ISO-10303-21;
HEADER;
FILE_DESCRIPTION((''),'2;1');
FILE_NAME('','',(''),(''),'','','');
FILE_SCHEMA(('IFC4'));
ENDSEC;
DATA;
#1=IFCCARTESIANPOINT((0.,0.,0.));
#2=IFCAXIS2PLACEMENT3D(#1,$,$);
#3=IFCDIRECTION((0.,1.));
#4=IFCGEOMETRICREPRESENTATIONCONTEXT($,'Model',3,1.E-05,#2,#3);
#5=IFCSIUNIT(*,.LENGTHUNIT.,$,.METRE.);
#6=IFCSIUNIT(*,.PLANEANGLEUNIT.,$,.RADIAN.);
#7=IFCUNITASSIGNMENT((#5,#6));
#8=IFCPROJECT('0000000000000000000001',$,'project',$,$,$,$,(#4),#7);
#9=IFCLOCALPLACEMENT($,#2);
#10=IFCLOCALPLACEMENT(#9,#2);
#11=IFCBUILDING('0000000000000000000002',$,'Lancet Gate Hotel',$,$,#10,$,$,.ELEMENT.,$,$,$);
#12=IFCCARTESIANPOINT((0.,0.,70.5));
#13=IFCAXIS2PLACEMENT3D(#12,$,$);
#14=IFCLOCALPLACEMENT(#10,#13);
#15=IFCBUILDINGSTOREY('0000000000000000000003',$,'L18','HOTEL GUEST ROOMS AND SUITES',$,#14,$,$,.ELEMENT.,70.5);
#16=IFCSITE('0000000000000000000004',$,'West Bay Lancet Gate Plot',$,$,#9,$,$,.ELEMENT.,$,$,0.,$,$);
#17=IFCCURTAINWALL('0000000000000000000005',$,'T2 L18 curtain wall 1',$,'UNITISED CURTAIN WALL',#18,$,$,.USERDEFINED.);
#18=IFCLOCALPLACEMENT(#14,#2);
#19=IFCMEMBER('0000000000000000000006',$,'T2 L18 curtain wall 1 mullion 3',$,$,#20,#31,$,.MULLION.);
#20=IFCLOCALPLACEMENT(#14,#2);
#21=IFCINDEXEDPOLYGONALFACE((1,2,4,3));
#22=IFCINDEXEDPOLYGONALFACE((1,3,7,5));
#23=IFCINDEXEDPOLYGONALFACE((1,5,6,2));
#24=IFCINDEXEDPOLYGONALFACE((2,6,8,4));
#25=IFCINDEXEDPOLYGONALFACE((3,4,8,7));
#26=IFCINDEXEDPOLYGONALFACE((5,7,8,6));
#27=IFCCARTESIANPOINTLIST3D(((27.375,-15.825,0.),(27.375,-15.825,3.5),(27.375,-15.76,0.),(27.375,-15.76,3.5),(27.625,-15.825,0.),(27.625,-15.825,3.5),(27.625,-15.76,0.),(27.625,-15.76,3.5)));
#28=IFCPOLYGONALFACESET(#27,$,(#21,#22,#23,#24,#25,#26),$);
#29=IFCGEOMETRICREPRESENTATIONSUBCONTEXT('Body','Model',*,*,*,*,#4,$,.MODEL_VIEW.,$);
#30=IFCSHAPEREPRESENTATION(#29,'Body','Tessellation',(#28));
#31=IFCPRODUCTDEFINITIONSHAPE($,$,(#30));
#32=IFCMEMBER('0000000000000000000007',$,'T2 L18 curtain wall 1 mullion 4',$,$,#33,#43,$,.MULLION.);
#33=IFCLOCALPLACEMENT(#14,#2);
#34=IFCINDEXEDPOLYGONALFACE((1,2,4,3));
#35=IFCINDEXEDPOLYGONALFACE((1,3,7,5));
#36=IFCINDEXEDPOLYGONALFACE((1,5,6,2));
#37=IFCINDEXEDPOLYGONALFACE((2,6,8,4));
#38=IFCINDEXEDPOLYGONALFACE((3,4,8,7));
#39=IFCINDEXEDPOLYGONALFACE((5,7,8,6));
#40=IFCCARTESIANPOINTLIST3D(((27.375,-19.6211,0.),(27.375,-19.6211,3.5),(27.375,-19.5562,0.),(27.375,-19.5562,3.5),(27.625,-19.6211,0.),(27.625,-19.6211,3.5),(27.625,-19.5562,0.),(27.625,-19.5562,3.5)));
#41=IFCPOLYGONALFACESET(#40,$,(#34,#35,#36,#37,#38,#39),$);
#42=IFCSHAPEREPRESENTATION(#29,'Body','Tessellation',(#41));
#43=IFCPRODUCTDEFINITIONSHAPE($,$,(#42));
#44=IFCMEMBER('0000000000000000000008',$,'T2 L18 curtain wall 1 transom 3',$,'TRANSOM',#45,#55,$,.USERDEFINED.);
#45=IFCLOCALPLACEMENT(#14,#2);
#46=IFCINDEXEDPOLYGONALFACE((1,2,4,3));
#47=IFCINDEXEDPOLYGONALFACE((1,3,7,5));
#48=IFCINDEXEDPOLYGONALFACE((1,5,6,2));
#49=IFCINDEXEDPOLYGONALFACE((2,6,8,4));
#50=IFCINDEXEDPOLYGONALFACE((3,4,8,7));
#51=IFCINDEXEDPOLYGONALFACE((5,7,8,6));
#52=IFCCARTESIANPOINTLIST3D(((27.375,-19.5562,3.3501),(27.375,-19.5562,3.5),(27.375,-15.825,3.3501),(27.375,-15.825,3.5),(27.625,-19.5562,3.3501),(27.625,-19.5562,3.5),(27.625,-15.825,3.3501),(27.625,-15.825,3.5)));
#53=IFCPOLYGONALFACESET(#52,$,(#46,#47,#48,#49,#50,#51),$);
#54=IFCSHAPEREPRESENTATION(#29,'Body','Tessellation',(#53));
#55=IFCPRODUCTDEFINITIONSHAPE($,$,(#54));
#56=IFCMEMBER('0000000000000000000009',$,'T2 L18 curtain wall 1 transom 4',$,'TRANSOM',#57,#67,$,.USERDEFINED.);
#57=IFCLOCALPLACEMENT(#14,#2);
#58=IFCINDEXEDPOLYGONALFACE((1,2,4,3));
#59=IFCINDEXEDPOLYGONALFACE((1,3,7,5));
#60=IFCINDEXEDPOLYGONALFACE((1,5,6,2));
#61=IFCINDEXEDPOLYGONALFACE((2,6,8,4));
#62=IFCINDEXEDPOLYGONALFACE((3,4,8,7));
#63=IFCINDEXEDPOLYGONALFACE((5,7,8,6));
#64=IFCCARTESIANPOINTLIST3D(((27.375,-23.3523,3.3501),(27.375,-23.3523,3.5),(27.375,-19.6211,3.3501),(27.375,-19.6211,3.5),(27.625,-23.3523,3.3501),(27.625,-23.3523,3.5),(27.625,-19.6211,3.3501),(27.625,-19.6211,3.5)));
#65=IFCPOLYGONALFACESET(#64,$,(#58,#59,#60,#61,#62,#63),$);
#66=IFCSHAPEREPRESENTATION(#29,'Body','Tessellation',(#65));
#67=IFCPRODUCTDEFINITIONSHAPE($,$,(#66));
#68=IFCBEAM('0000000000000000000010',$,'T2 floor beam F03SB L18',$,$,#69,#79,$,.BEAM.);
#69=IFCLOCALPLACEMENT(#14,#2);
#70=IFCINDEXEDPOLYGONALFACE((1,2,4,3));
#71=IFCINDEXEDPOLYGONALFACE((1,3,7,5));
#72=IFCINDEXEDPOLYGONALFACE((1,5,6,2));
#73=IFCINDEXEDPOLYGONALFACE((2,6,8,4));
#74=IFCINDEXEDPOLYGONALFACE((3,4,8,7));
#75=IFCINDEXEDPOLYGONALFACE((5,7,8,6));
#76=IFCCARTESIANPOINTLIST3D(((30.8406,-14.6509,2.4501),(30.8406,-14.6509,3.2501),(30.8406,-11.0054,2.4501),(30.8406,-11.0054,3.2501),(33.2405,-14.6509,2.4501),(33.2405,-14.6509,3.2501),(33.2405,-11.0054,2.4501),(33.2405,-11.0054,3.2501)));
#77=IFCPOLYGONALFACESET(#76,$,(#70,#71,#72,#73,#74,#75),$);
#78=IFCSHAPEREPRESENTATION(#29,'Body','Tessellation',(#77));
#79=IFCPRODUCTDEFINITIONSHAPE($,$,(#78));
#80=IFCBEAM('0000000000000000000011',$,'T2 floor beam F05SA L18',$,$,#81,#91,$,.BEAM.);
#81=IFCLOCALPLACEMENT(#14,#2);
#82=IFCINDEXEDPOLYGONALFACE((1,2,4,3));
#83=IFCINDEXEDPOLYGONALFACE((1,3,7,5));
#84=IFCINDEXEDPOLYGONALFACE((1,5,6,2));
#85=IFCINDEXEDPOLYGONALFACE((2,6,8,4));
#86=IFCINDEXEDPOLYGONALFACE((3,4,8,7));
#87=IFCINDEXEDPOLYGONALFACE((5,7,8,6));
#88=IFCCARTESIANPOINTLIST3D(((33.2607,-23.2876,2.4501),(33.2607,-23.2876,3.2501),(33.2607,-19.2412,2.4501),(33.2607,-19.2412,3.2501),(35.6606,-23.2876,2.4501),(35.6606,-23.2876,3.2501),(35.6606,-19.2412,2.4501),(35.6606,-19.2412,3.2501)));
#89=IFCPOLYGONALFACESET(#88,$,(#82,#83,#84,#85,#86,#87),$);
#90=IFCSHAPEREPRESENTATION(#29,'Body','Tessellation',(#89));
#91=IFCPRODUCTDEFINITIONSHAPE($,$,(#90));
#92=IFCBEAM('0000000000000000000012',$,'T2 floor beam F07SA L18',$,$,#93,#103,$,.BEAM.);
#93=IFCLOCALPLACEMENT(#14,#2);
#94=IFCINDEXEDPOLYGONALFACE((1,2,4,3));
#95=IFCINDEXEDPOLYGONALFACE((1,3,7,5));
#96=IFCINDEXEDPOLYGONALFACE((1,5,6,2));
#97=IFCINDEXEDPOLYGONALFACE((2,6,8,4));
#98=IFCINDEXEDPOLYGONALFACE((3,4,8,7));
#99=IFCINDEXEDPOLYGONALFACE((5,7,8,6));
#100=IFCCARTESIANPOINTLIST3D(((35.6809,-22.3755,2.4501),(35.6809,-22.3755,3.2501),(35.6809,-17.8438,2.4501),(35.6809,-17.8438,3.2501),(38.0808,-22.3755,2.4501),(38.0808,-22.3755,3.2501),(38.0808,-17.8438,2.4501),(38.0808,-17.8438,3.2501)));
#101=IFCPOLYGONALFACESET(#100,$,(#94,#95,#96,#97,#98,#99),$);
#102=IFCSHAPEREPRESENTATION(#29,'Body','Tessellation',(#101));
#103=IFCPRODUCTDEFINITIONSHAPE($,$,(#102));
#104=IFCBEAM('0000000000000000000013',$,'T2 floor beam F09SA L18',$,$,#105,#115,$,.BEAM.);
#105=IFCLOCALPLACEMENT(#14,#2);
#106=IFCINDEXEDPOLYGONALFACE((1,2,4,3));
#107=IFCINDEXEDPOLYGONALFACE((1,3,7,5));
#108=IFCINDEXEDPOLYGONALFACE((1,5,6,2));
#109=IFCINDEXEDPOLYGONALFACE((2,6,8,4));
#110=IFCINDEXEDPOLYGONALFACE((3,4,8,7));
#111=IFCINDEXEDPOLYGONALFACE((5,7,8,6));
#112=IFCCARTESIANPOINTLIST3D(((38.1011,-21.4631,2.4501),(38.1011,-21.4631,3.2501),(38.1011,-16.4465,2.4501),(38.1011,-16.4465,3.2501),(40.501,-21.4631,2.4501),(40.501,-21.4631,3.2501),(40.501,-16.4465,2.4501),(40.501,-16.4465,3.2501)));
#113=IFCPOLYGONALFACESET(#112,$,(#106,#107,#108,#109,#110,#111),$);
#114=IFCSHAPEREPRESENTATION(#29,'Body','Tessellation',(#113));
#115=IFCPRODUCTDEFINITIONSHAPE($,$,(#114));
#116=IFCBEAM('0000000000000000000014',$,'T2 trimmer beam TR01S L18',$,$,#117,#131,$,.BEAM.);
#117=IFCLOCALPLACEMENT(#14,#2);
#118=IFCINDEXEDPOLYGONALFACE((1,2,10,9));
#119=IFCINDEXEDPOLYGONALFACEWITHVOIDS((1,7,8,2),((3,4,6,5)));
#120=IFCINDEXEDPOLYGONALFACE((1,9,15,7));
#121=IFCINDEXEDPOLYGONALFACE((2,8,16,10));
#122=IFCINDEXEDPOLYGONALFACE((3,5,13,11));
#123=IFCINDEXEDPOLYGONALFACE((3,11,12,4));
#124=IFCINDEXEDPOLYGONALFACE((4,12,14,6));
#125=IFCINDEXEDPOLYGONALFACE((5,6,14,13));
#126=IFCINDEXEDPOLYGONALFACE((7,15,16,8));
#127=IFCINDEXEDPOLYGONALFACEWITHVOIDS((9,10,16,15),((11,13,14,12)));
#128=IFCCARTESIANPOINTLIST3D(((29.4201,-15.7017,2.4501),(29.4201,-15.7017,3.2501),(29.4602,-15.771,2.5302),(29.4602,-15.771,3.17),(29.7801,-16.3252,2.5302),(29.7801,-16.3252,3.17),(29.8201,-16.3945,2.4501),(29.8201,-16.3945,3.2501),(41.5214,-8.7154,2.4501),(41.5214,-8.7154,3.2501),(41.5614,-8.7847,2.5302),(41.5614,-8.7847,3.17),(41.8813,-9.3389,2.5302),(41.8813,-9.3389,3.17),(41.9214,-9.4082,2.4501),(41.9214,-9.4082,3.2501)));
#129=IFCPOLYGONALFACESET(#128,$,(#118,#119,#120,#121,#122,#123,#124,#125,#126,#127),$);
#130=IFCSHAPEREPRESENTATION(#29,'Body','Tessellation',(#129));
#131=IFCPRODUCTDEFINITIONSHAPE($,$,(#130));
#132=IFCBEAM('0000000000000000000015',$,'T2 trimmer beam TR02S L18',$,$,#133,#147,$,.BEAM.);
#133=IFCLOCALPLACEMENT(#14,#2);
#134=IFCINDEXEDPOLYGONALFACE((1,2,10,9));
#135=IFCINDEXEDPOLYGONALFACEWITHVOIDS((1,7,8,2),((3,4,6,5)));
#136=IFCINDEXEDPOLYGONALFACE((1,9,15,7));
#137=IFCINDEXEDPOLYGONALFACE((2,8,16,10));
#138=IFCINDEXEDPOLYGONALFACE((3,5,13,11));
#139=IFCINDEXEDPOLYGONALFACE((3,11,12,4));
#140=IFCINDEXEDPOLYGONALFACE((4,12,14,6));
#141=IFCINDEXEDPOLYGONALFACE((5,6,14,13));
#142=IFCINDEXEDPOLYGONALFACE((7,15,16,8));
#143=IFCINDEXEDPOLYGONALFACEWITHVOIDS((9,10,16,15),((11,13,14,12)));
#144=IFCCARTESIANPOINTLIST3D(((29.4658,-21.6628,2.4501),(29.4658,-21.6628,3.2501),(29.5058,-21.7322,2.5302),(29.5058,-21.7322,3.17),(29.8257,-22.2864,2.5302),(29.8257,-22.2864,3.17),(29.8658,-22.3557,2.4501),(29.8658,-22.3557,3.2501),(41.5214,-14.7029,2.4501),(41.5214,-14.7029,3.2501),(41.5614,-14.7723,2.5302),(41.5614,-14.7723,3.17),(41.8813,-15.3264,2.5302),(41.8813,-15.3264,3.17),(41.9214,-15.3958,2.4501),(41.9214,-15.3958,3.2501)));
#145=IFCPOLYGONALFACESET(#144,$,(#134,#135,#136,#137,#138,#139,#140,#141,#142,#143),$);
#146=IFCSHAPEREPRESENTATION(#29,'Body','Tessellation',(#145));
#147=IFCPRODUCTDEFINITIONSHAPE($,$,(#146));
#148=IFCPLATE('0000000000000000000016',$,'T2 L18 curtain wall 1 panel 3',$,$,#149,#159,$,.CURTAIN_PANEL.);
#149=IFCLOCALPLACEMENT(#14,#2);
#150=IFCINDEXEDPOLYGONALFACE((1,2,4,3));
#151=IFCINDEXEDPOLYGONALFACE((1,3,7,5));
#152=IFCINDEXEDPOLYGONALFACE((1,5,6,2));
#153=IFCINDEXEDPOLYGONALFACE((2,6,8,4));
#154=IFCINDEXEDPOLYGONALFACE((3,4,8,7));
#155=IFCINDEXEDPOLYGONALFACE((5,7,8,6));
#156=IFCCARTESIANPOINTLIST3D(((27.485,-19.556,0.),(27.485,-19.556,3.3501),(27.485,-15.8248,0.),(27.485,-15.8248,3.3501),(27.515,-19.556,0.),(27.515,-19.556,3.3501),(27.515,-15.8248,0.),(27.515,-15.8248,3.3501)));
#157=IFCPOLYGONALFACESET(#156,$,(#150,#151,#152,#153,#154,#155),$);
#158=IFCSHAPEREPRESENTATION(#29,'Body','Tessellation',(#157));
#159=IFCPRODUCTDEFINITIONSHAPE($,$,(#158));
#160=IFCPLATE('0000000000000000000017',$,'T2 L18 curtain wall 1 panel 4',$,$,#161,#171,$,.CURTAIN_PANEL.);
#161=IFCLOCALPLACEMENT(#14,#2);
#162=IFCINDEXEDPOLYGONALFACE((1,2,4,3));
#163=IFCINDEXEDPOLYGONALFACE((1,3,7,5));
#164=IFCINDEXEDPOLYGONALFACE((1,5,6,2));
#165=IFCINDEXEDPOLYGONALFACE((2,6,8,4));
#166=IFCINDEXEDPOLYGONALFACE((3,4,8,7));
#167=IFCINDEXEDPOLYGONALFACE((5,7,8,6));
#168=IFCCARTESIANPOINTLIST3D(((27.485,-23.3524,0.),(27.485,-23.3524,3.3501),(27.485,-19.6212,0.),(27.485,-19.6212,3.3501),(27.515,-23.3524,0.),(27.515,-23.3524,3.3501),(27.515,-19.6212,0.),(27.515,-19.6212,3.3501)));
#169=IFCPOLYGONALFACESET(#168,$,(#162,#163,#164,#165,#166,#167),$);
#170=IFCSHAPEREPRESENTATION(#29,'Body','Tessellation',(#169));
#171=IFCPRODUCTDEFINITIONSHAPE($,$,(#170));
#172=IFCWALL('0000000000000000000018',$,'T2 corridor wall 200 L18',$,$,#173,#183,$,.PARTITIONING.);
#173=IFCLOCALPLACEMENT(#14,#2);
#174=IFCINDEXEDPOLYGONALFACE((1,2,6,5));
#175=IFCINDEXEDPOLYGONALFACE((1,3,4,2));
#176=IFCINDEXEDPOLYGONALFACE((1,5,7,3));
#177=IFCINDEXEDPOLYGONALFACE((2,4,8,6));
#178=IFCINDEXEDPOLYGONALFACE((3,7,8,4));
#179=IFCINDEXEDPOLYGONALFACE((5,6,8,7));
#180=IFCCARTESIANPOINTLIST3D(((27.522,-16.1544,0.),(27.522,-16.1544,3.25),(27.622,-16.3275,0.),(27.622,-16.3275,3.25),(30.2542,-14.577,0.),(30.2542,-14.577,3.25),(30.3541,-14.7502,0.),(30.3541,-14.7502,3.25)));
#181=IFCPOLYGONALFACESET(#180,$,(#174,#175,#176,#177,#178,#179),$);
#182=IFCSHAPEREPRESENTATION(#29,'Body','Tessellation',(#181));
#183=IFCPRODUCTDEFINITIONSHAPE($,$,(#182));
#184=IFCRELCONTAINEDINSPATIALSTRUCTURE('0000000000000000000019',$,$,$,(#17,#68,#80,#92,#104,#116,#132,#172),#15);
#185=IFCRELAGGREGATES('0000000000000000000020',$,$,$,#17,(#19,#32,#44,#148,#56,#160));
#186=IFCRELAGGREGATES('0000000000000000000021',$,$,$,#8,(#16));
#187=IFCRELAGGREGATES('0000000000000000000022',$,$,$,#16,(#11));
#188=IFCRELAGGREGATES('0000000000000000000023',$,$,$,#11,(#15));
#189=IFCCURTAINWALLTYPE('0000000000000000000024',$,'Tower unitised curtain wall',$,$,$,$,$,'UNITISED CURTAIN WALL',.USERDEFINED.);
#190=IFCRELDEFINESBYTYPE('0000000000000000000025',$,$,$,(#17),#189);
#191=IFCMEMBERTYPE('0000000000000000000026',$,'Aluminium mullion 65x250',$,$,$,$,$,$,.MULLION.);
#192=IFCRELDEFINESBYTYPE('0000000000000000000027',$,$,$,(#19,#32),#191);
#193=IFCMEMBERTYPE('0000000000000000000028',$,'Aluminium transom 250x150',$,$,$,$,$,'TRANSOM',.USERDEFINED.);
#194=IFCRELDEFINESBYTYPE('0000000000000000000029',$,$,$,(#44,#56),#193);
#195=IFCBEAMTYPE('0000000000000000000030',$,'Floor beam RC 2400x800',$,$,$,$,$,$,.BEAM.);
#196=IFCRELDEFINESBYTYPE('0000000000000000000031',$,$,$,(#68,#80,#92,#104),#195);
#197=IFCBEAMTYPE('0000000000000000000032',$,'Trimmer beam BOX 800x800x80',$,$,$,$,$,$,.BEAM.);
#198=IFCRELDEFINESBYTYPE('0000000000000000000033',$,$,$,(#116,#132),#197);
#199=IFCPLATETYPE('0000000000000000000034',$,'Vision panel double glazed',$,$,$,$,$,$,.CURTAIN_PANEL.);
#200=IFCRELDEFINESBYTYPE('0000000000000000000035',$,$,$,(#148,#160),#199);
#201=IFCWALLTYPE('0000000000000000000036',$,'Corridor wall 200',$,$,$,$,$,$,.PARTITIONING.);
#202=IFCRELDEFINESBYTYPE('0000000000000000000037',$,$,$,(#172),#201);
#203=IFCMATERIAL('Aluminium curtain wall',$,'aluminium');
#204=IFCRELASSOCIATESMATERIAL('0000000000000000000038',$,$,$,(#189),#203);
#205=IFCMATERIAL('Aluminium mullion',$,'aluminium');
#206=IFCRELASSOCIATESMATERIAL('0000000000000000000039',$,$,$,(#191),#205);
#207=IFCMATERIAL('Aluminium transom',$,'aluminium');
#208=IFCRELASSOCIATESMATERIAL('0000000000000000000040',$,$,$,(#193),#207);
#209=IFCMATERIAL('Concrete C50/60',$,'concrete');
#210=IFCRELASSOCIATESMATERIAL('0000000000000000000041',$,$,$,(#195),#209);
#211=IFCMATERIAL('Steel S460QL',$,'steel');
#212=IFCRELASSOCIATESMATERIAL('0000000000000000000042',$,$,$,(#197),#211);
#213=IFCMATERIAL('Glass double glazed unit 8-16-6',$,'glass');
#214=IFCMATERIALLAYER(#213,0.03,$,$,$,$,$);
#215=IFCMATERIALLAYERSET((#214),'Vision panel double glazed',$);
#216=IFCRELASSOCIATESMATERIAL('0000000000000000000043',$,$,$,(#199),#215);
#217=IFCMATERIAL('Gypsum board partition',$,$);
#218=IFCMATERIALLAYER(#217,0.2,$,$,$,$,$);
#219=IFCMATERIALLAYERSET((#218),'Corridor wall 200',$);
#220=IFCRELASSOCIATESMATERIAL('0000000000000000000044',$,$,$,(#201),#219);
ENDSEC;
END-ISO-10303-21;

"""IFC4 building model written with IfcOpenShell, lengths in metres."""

from ifc_helpers import new_model, si_unit, direction, frame, frame_2d, origin, origin_2d, place, context, subcontext, project, spatial, rectangle, hollow_rectangle, extrude, material, layer, layer_set, material_profile, profile_set, type_object, element, aggregate, save


model = new_model("IFC4")

# Units and contexts
model_context = context("Model", 3, precision=1e-05, world=origin(), true_north=direction((0.0, 1.0)))
body_context = subcontext(model_context, "Body", "Model", "MODEL_VIEW")
ifc_project = project(units=[si_unit("LENGTHUNIT", "METRE"), si_unit("PLANEANGLEUNIT", "RADIAN")], contexts=[model_context])

# Site, building, storey
site_placement = place(None, origin())
site = spatial("IfcSite", under=ifc_project, at=site_placement, Name="West Bay Lancet Gate Plot", CompositionType="ELEMENT", RefElevation=0.0)
building_placement = place(site_placement, origin())
building = spatial("IfcBuilding", under=site, at=building_placement, Name="Lancet Gate Hotel", CompositionType="ELEMENT")
storey_placement = place(building_placement, frame((0.0, 0.0, 70.5)))
storey = spatial("IfcBuildingStorey", under=building, at=storey_placement, Name="L18", Description="HOTEL GUEST ROOMS AND SUITES", CompositionType="ELEMENT", Elevation=70.5)

# Curtain wall, members
ifc_material_1 = material(Name="Aluminium curtain wall", Category="aluminium")
curtain_wall_type = type_object("IfcCurtainWallType", Name="Tower unitised curtain wall", ElementType="UNITISED CURTAIN WALL", PredefinedType="USERDEFINED", material=ifc_material_1)
curtain_wall_placement = place(storey_placement, origin())
curtain_wall = element("IfcCurtainWall", 1, at=curtain_wall_placement, inside=storey, type_object=curtain_wall_type, Name="T2 L18 curtain wall 1", ObjectType="UNITISED CURTAIN WALL", PredefinedType="USERDEFINED")
ifc_material_2 = material(Name="Aluminium mullion", Category="aluminium")
ifc_material_profile_1 = material_profile(ifc_material_2, rectangle(XDim=0.0649, YDim=0.25, at=origin_2d()), Name="MULLION 65x250")
ifc_profile_set_1 = profile_set([ifc_material_profile_1], Name="Aluminium mullion")
member_type_1 = type_object("IfcMemberType", Name="Aluminium mullion 65x250", PredefinedType="MULLION", material=ifc_profile_set_1)
member_1_placement = place(storey_placement, frame((27.5, -15.7925, 0.0), z_axis=(0.0, 0.0, 1.0), x_axis=(0.0, -1.0, 0.0)))
member_1 = element("IfcMember", 2, at=member_1_placement, type_object=member_type_1, Name="T2 L18 curtain wall 1 mullion 3", PredefinedType="MULLION", context=body_context, shape_type="SweptSolid", body=[
    extrude(rectangle(XDim=0.0649, YDim=0.25, at=origin_2d()), origin(), (0.0, 0.0, 1.0), 3.5),
])
member_2_placement = place(storey_placement, frame((27.5, -19.5886, 0.0), z_axis=(0.0, 0.0, 1.0), x_axis=(0.0, -1.0, 0.0)))
member_2 = element("IfcMember", 3, at=member_2_placement, type_object=member_type_1, Name="T2 L18 curtain wall 1 mullion 4", PredefinedType="MULLION", context=body_context, shape_type="SweptSolid", body=[
    extrude(rectangle(XDim=0.0649, YDim=0.25, at=origin_2d()), origin(), (0.0, 0.0, 1.0), 3.5),
])
ifc_material_3 = material(Name="Aluminium transom", Category="aluminium")
ifc_material_profile_2 = material_profile(ifc_material_3, rectangle(XDim=0.25, YDim=0.1499, at=origin_2d()), Name="TRANSOM 250x150")
ifc_profile_set_2 = profile_set([ifc_material_profile_2], Name="Aluminium transom")
member_type_2 = type_object("IfcMemberType", Name="Aluminium transom 250x150", ElementType="TRANSOM", PredefinedType="USERDEFINED", material=ifc_profile_set_2)
member_3_placement = place(storey_placement, frame((27.5, -15.825, 3.425), z_axis=(0.0, -1.0, 0.0), x_axis=(1.0, 0.0, 0.0)))
member_3 = element("IfcMember", 4, at=member_3_placement, type_object=member_type_2, Name="T2 L18 curtain wall 1 transom 3", ObjectType="TRANSOM", PredefinedType="USERDEFINED", context=body_context, shape_type="SweptSolid", body=[
    extrude(rectangle(XDim=0.25, YDim=0.1499, at=origin_2d()), origin(), (0.0, 0.0, 1.0), 3.7312),
])
member_4_placement = place(storey_placement, frame((27.5, -19.6211, 3.425), z_axis=(0.0, -1.0, 0.0), x_axis=(1.0, 0.0, 0.0)))
member_4 = element("IfcMember", 5, at=member_4_placement, type_object=member_type_2, Name="T2 L18 curtain wall 1 transom 4", ObjectType="TRANSOM", PredefinedType="USERDEFINED", context=body_context, shape_type="SweptSolid", body=[
    extrude(rectangle(XDim=0.25, YDim=0.1499, at=origin_2d()), origin(), (0.0, 0.0, 1.0), 3.7312),
])

# Beams
ifc_material_4 = material(Name="Concrete C50/60", Category="concrete")
ifc_material_profile_3 = material_profile(ifc_material_4, rectangle(XDim=2.3999, YDim=0.8, at=origin_2d()), Name="RC 2400x800")
ifc_profile_set_3 = profile_set([ifc_material_profile_3], Name="Concrete C50/60")
beam_type_1 = type_object("IfcBeamType", Name="Floor beam RC 2400x800", PredefinedType="BEAM", material=ifc_profile_set_3)
beam_1_placement = place(storey_placement, frame((32.0405, -14.6509, 2.8501), z_axis=(0.0, 1.0, 0.0), x_axis=(-1.0, 0.0, 0.0)))
element("IfcBeam", 6, at=beam_1_placement, inside=storey, type_object=beam_type_1, Name="T2 floor beam F03SB L18", PredefinedType="BEAM", context=body_context, shape_type="SweptSolid", body=[
    extrude(rectangle(XDim=2.3999, YDim=0.8, at=origin_2d()), origin(), (0.0, 0.0, 1.0), 3.6455),
])
beam_2_placement = place(storey_placement, frame((34.4607, -23.2876, 2.8501), z_axis=(0.0, 1.0, 0.0), x_axis=(-1.0, 0.0, 0.0)))
element("IfcBeam", 7, at=beam_2_placement, inside=storey, type_object=beam_type_1, Name="T2 floor beam F05SA L18", PredefinedType="BEAM", context=body_context, shape_type="SweptSolid", body=[
    extrude(rectangle(XDim=2.3999, YDim=0.8, at=origin_2d()), origin(), (0.0, 0.0, 1.0), 4.0464),
])
beam_3_placement = place(storey_placement, frame((36.8809, -22.3755, 2.8501), z_axis=(0.0, 1.0, 0.0), x_axis=(-1.0, 0.0, 0.0)))
element("IfcBeam", 8, at=beam_3_placement, inside=storey, type_object=beam_type_1, Name="T2 floor beam F07SA L18", PredefinedType="BEAM", context=body_context, shape_type="SweptSolid", body=[
    extrude(rectangle(XDim=2.3999, YDim=0.8, at=origin_2d()), origin(), (0.0, 0.0, 1.0), 4.5317),
])
beam_4_placement = place(storey_placement, frame((39.301, -21.4631, 2.8501), z_axis=(0.0, 1.0, 0.0), x_axis=(-1.0, 0.0, 0.0)))
element("IfcBeam", 9, at=beam_4_placement, inside=storey, type_object=beam_type_1, Name="T2 floor beam F09SA L18", PredefinedType="BEAM", context=body_context, shape_type="SweptSolid", body=[
    extrude(rectangle(XDim=2.3999, YDim=0.8, at=origin_2d()), origin(), (0.0, 0.0, 1.0), 5.0166),
])
ifc_material_5 = material(Name="Steel S460QL", Category="steel")
ifc_material_profile_4 = material_profile(ifc_material_5, hollow_rectangle(XDim=0.8, YDim=0.8, WallThickness=0.0801, at=origin_2d()), Name="BOX 800x800x80")
ifc_profile_set_4 = profile_set([ifc_material_profile_4], Name="Steel S460QL")
beam_type_2 = type_object("IfcBeamType", Name="Trimmer beam BOX 800x800x80", PredefinedType="BEAM", material=ifc_profile_set_4)
beam_5_placement = place(storey_placement, frame((29.6201, -16.0481, 2.8501), z_axis=(0.866037, 0.49998, 0.0), x_axis=(-0.49998, 0.866037, 0.0)))
element("IfcBeam", 10, at=beam_5_placement, inside=storey, type_object=beam_type_2, Name="T2 trimmer beam TR01S L18", PredefinedType="BEAM", context=body_context, shape_type="SweptSolid", body=[
    extrude(hollow_rectangle(XDim=0.8, YDim=0.8, WallThickness=0.0801, at=origin_2d()), origin(), (0.0, 0.0, 1.0), 13.9731),
])
beam_6_placement = place(storey_placement, frame((29.6658, -22.0093, 2.8501), z_axis=(0.866037, 0.49998, 0.0), x_axis=(-0.49998, 0.866037, 0.0)))
element("IfcBeam", 11, at=beam_6_placement, inside=storey, type_object=beam_type_2, Name="T2 trimmer beam TR02S L18", PredefinedType="BEAM", context=body_context, shape_type="SweptSolid", body=[
    extrude(hollow_rectangle(XDim=0.8, YDim=0.8, WallThickness=0.0801, at=origin_2d()), origin(), (0.0, 0.0, 1.0), 13.9204),
])

# Plates
ifc_material_6 = material(Name="Glass double glazed unit 8-16-6", Category="glass")
ifc_layer_1 = layer(ifc_material_6, 0.03)
ifc_layer_set_1 = layer_set([ifc_layer_1], Name="Vision panel double glazed")
plate_type = type_object("IfcPlateType", Name="Vision panel double glazed", PredefinedType="CURTAIN_PANEL", material=ifc_layer_set_1)
plate_1_placement = place(storey_placement, frame((27.5, -17.6904, 0.0), z_axis=(0.0, 0.0, 1.0), x_axis=(0.0, -1.0, 0.0)))
plate_1 = element("IfcPlate", 12, at=plate_1_placement, type_object=plate_type, Name="T2 L18 curtain wall 1 panel 3", PredefinedType="CURTAIN_PANEL", context=body_context, shape_type="SweptSolid", body=[
    extrude(rectangle(XDim=3.7312, YDim=0.03, at=origin_2d()), origin(), (0.0, 0.0, 1.0), 3.3501),
])
plate_2_placement = place(storey_placement, frame((27.5, -21.4868, 0.0), z_axis=(0.0, 0.0, 1.0), x_axis=(0.0, -1.0, 0.0)))
plate_2 = element("IfcPlate", 13, at=plate_2_placement, type_object=plate_type, Name="T2 L18 curtain wall 1 panel 4", PredefinedType="CURTAIN_PANEL", context=body_context, shape_type="SweptSolid", body=[
    extrude(rectangle(XDim=3.7312, YDim=0.03, at=origin_2d()), origin(), (0.0, 0.0, 1.0), 3.3501),
])
aggregate(curtain_wall, [member_1, member_2, member_3, plate_1, member_4, plate_2])

# Wall
ifc_material_7 = material(Name="Gypsum board partition")
ifc_layer_2 = layer(ifc_material_7, 0.2)
ifc_layer_set_2 = layer_set([ifc_layer_2], Name="Corridor wall 200")
wall_type_1 = type_object("IfcWallType", Name="Corridor wall 200", PredefinedType="PARTITIONING", material=ifc_layer_set_2)
wall_1_placement = place(storey_placement, frame((27.572, -16.241, 0.0), z_axis=(0.0, 0.0, 1.0), x_axis=(0.86603, 0.499993, 0.0)))
element("IfcWall", 14, at=wall_1_placement, inside=storey, type_object=wall_type_1, Name="T2 corridor wall 200 L18", PredefinedType="PARTITIONING", context=body_context, shape_type="SweptSolid", body=[
    extrude(rectangle(XDim=3.1548, YDim=0.2, at=frame_2d((1.5774, 0.0))), origin(), (0.0, 0.0, 1.0), 3.25),
])

save(model, "model.ifc")
